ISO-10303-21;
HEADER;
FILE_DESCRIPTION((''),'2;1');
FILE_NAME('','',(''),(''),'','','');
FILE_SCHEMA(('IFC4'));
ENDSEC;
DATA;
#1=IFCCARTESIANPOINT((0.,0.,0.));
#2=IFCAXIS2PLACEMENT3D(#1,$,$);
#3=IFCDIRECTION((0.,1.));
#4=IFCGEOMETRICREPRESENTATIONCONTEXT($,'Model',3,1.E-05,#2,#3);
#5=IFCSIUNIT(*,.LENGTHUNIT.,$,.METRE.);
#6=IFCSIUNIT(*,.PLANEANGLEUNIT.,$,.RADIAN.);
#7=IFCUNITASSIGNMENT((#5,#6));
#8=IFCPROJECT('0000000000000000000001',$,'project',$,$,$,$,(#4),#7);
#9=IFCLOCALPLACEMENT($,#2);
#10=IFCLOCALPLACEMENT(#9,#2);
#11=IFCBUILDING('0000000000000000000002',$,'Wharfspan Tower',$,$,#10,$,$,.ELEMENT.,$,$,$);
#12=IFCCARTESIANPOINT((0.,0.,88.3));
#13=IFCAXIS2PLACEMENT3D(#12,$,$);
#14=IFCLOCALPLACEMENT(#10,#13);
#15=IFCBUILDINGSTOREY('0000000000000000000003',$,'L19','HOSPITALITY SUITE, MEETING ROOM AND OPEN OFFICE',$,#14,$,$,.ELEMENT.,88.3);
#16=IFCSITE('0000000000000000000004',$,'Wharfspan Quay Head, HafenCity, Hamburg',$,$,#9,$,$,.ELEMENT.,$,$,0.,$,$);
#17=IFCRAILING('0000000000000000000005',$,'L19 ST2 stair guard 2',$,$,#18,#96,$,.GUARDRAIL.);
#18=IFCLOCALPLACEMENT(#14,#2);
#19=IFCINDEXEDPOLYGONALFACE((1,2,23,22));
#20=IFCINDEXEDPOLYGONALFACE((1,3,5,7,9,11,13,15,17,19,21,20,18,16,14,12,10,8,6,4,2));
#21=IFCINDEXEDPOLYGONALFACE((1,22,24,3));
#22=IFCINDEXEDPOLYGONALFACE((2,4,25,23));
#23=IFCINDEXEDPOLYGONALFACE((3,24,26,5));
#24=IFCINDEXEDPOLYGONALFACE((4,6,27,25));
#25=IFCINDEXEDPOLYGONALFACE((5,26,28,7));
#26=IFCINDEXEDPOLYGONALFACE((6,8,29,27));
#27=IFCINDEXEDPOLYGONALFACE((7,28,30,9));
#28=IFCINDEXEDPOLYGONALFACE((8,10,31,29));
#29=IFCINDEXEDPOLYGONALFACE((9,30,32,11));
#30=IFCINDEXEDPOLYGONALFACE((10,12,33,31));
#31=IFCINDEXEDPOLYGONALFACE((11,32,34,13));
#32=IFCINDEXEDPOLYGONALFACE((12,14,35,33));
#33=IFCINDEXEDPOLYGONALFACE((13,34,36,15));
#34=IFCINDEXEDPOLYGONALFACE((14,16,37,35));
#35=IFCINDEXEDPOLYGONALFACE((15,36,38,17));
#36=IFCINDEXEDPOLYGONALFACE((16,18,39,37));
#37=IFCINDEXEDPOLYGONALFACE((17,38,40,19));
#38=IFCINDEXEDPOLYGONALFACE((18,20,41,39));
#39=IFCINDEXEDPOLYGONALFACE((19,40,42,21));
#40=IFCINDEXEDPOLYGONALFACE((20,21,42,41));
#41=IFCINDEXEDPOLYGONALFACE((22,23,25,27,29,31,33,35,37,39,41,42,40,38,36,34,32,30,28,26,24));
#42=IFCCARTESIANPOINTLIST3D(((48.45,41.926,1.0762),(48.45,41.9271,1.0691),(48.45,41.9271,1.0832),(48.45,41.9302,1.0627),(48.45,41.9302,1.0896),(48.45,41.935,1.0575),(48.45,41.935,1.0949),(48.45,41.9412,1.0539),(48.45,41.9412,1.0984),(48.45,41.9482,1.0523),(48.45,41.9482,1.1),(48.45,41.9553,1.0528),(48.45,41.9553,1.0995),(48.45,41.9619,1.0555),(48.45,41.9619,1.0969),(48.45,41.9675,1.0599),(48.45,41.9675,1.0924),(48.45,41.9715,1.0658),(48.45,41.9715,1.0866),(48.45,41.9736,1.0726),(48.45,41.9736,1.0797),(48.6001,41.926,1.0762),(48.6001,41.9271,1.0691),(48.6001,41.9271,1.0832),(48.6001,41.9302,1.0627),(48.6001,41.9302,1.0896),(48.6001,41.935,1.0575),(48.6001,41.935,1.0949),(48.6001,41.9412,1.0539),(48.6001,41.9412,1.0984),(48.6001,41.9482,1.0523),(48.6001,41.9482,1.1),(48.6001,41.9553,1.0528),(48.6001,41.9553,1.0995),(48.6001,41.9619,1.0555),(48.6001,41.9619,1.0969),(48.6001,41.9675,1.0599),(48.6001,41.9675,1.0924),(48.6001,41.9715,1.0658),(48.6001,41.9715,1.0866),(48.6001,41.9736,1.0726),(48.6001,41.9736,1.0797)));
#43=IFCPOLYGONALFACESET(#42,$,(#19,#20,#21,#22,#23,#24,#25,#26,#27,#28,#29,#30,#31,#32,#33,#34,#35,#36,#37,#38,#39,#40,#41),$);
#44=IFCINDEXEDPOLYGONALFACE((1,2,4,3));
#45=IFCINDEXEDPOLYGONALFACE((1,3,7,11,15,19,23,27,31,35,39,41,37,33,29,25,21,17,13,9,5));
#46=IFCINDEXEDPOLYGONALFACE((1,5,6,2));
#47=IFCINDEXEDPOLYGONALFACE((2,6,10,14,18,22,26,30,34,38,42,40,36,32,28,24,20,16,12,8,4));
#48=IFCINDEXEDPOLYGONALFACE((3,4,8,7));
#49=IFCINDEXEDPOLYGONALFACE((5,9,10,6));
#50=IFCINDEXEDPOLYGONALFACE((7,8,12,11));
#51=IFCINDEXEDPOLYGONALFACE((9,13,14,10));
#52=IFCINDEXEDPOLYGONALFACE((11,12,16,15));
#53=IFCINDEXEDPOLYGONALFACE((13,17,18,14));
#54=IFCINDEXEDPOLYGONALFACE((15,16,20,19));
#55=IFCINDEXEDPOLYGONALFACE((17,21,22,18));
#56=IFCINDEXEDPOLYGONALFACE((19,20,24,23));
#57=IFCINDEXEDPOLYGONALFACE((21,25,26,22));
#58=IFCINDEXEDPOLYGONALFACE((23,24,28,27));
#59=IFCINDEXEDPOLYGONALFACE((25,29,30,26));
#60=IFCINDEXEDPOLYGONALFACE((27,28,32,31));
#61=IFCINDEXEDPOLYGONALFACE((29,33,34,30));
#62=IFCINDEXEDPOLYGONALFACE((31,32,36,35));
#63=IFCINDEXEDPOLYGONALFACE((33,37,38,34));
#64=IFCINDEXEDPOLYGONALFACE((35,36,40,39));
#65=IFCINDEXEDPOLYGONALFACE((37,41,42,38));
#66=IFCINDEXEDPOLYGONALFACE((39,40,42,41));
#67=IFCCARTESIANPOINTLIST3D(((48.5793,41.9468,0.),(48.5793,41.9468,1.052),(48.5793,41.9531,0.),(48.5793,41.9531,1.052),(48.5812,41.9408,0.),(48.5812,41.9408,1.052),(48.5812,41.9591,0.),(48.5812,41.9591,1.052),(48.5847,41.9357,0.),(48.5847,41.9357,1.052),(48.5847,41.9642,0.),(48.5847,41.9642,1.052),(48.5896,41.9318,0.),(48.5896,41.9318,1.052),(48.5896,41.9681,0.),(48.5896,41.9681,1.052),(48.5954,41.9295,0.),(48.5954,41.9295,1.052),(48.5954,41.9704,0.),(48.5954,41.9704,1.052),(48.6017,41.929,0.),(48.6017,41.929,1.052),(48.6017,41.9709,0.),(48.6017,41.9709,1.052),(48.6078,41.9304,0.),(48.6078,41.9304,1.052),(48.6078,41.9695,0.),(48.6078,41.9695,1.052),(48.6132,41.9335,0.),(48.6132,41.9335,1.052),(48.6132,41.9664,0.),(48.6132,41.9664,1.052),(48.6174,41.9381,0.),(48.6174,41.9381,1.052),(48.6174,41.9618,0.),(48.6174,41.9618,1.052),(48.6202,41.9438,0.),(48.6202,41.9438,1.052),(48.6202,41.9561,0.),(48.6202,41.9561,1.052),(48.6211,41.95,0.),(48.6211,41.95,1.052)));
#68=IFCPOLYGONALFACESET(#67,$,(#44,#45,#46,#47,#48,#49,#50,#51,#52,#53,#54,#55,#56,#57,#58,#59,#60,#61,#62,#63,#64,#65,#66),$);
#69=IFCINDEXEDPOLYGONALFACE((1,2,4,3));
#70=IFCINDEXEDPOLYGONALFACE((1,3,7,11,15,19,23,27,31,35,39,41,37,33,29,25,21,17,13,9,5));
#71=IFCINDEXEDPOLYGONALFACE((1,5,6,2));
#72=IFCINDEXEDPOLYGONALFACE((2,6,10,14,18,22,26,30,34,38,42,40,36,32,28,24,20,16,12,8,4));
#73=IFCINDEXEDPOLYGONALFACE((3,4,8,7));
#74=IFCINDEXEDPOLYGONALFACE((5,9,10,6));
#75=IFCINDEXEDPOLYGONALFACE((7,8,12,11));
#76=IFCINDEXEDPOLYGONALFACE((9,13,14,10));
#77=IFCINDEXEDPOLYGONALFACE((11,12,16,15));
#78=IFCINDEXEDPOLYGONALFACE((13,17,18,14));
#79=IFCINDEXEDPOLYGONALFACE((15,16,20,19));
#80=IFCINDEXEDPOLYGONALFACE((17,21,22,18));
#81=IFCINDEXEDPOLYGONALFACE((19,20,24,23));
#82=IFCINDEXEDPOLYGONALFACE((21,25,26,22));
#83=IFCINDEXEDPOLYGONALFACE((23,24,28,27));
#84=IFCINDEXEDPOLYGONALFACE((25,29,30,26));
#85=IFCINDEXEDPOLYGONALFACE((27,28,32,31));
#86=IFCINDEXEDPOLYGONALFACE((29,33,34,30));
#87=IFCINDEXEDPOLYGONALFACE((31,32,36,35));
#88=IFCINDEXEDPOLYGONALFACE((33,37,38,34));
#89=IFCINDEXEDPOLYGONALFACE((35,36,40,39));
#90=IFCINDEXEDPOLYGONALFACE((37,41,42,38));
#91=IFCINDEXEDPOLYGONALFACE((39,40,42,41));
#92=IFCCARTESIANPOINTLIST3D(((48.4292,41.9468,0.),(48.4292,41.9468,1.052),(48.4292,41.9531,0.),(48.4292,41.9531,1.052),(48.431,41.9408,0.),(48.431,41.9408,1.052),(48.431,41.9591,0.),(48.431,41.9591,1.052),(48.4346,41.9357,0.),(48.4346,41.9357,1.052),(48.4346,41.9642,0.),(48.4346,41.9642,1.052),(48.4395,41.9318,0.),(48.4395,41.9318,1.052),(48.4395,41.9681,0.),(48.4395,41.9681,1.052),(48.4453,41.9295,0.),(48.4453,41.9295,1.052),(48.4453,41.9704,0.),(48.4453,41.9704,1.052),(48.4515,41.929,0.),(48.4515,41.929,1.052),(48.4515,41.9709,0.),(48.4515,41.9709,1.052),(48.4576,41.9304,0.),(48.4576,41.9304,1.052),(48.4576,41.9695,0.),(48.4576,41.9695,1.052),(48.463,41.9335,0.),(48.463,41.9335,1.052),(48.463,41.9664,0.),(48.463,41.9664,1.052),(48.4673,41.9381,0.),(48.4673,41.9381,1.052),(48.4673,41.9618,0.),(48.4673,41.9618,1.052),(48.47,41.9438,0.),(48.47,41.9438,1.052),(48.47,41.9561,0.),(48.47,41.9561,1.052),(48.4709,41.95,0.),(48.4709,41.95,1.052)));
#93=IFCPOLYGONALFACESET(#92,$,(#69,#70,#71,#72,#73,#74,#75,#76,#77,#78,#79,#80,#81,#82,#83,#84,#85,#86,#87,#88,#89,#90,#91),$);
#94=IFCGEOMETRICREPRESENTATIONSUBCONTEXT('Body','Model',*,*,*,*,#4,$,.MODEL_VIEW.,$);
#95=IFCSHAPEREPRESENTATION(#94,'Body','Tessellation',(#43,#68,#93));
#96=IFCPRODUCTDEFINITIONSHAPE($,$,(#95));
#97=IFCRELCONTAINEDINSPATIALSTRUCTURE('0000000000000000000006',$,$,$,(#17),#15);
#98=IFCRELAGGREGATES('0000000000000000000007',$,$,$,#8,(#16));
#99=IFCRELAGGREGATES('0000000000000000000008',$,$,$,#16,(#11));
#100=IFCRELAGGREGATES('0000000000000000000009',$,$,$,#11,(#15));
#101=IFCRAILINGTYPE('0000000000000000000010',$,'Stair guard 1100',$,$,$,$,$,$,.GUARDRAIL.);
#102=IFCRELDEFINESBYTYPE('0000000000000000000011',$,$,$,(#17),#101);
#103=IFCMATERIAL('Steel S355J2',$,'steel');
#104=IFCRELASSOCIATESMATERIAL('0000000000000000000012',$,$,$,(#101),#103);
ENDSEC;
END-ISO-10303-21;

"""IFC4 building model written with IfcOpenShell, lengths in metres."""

from ifc_helpers import new_model, si_unit, direction, frame, origin, origin_2d, place, context, subcontext, project, spatial, circle, extrude, material, type_object, element, save


model = new_model("IFC4")

# Units and contexts
model_context = context("Model", 3, precision=1e-05, world=origin(), true_north=direction((0.0, 1.0)))
body_context = subcontext(model_context, "Body", "Model", "MODEL_VIEW")
ifc_project = project(units=[si_unit("LENGTHUNIT", "METRE"), si_unit("PLANEANGLEUNIT", "RADIAN")], contexts=[model_context])

# Site, building, storey
site_placement = place(None, origin())
site = spatial("IfcSite", under=ifc_project, at=site_placement, Name="Wharfspan Quay Head, HafenCity, Hamburg", CompositionType="ELEMENT", RefElevation=0.0)
building_placement = place(site_placement, origin())
building = spatial("IfcBuilding", under=site, at=building_placement, Name="Wharfspan Tower", CompositionType="ELEMENT")
storey_placement = place(building_placement, frame((0.0, 0.0, 88.3)))
storey = spatial("IfcBuildingStorey", under=building, at=storey_placement, Name="L19", Description="HOSPITALITY SUITE, MEETING ROOM AND OPEN OFFICE", CompositionType="ELEMENT", Elevation=88.3)

# Shared definitions
ifc_material_1 = material(Name="Steel S355J2", Category="steel")

# Railing
railing_type_1 = type_object("IfcRailingType", Name="Stair guard 1100", PredefinedType="GUARDRAIL", material=ifc_material_1)
railing_1_placement = place(storey_placement, frame((48.6001, 41.95, 0.0)))
element("IfcRailing", 1, at=railing_1_placement, inside=storey, type_object=railing_type_1, Name="L19 ST2 stair guard 2", PredefinedType="GUARDRAIL", context=body_context, shape_type="SweptSolid", body=[
    extrude(circle(Radius=0.0239, at=origin_2d()), frame((0.0, 0.0, 1.0762), z_axis=(-1.0, 0.0, 0.0), x_axis=(0.0, -1.0, 0.0)), (0.0, 0.0, 1.0), 0.1501),
    extrude(circle(Radius=0.021, at=origin_2d()), origin(), (0.0, 0.0, 1.0), 1.052),
    extrude(circle(Radius=0.021, at=origin_2d()), frame((-0.1501, 0.0, 0.0)), (0.0, 0.0, 1.0), 1.052),
])

save(model, "model.ifc")
